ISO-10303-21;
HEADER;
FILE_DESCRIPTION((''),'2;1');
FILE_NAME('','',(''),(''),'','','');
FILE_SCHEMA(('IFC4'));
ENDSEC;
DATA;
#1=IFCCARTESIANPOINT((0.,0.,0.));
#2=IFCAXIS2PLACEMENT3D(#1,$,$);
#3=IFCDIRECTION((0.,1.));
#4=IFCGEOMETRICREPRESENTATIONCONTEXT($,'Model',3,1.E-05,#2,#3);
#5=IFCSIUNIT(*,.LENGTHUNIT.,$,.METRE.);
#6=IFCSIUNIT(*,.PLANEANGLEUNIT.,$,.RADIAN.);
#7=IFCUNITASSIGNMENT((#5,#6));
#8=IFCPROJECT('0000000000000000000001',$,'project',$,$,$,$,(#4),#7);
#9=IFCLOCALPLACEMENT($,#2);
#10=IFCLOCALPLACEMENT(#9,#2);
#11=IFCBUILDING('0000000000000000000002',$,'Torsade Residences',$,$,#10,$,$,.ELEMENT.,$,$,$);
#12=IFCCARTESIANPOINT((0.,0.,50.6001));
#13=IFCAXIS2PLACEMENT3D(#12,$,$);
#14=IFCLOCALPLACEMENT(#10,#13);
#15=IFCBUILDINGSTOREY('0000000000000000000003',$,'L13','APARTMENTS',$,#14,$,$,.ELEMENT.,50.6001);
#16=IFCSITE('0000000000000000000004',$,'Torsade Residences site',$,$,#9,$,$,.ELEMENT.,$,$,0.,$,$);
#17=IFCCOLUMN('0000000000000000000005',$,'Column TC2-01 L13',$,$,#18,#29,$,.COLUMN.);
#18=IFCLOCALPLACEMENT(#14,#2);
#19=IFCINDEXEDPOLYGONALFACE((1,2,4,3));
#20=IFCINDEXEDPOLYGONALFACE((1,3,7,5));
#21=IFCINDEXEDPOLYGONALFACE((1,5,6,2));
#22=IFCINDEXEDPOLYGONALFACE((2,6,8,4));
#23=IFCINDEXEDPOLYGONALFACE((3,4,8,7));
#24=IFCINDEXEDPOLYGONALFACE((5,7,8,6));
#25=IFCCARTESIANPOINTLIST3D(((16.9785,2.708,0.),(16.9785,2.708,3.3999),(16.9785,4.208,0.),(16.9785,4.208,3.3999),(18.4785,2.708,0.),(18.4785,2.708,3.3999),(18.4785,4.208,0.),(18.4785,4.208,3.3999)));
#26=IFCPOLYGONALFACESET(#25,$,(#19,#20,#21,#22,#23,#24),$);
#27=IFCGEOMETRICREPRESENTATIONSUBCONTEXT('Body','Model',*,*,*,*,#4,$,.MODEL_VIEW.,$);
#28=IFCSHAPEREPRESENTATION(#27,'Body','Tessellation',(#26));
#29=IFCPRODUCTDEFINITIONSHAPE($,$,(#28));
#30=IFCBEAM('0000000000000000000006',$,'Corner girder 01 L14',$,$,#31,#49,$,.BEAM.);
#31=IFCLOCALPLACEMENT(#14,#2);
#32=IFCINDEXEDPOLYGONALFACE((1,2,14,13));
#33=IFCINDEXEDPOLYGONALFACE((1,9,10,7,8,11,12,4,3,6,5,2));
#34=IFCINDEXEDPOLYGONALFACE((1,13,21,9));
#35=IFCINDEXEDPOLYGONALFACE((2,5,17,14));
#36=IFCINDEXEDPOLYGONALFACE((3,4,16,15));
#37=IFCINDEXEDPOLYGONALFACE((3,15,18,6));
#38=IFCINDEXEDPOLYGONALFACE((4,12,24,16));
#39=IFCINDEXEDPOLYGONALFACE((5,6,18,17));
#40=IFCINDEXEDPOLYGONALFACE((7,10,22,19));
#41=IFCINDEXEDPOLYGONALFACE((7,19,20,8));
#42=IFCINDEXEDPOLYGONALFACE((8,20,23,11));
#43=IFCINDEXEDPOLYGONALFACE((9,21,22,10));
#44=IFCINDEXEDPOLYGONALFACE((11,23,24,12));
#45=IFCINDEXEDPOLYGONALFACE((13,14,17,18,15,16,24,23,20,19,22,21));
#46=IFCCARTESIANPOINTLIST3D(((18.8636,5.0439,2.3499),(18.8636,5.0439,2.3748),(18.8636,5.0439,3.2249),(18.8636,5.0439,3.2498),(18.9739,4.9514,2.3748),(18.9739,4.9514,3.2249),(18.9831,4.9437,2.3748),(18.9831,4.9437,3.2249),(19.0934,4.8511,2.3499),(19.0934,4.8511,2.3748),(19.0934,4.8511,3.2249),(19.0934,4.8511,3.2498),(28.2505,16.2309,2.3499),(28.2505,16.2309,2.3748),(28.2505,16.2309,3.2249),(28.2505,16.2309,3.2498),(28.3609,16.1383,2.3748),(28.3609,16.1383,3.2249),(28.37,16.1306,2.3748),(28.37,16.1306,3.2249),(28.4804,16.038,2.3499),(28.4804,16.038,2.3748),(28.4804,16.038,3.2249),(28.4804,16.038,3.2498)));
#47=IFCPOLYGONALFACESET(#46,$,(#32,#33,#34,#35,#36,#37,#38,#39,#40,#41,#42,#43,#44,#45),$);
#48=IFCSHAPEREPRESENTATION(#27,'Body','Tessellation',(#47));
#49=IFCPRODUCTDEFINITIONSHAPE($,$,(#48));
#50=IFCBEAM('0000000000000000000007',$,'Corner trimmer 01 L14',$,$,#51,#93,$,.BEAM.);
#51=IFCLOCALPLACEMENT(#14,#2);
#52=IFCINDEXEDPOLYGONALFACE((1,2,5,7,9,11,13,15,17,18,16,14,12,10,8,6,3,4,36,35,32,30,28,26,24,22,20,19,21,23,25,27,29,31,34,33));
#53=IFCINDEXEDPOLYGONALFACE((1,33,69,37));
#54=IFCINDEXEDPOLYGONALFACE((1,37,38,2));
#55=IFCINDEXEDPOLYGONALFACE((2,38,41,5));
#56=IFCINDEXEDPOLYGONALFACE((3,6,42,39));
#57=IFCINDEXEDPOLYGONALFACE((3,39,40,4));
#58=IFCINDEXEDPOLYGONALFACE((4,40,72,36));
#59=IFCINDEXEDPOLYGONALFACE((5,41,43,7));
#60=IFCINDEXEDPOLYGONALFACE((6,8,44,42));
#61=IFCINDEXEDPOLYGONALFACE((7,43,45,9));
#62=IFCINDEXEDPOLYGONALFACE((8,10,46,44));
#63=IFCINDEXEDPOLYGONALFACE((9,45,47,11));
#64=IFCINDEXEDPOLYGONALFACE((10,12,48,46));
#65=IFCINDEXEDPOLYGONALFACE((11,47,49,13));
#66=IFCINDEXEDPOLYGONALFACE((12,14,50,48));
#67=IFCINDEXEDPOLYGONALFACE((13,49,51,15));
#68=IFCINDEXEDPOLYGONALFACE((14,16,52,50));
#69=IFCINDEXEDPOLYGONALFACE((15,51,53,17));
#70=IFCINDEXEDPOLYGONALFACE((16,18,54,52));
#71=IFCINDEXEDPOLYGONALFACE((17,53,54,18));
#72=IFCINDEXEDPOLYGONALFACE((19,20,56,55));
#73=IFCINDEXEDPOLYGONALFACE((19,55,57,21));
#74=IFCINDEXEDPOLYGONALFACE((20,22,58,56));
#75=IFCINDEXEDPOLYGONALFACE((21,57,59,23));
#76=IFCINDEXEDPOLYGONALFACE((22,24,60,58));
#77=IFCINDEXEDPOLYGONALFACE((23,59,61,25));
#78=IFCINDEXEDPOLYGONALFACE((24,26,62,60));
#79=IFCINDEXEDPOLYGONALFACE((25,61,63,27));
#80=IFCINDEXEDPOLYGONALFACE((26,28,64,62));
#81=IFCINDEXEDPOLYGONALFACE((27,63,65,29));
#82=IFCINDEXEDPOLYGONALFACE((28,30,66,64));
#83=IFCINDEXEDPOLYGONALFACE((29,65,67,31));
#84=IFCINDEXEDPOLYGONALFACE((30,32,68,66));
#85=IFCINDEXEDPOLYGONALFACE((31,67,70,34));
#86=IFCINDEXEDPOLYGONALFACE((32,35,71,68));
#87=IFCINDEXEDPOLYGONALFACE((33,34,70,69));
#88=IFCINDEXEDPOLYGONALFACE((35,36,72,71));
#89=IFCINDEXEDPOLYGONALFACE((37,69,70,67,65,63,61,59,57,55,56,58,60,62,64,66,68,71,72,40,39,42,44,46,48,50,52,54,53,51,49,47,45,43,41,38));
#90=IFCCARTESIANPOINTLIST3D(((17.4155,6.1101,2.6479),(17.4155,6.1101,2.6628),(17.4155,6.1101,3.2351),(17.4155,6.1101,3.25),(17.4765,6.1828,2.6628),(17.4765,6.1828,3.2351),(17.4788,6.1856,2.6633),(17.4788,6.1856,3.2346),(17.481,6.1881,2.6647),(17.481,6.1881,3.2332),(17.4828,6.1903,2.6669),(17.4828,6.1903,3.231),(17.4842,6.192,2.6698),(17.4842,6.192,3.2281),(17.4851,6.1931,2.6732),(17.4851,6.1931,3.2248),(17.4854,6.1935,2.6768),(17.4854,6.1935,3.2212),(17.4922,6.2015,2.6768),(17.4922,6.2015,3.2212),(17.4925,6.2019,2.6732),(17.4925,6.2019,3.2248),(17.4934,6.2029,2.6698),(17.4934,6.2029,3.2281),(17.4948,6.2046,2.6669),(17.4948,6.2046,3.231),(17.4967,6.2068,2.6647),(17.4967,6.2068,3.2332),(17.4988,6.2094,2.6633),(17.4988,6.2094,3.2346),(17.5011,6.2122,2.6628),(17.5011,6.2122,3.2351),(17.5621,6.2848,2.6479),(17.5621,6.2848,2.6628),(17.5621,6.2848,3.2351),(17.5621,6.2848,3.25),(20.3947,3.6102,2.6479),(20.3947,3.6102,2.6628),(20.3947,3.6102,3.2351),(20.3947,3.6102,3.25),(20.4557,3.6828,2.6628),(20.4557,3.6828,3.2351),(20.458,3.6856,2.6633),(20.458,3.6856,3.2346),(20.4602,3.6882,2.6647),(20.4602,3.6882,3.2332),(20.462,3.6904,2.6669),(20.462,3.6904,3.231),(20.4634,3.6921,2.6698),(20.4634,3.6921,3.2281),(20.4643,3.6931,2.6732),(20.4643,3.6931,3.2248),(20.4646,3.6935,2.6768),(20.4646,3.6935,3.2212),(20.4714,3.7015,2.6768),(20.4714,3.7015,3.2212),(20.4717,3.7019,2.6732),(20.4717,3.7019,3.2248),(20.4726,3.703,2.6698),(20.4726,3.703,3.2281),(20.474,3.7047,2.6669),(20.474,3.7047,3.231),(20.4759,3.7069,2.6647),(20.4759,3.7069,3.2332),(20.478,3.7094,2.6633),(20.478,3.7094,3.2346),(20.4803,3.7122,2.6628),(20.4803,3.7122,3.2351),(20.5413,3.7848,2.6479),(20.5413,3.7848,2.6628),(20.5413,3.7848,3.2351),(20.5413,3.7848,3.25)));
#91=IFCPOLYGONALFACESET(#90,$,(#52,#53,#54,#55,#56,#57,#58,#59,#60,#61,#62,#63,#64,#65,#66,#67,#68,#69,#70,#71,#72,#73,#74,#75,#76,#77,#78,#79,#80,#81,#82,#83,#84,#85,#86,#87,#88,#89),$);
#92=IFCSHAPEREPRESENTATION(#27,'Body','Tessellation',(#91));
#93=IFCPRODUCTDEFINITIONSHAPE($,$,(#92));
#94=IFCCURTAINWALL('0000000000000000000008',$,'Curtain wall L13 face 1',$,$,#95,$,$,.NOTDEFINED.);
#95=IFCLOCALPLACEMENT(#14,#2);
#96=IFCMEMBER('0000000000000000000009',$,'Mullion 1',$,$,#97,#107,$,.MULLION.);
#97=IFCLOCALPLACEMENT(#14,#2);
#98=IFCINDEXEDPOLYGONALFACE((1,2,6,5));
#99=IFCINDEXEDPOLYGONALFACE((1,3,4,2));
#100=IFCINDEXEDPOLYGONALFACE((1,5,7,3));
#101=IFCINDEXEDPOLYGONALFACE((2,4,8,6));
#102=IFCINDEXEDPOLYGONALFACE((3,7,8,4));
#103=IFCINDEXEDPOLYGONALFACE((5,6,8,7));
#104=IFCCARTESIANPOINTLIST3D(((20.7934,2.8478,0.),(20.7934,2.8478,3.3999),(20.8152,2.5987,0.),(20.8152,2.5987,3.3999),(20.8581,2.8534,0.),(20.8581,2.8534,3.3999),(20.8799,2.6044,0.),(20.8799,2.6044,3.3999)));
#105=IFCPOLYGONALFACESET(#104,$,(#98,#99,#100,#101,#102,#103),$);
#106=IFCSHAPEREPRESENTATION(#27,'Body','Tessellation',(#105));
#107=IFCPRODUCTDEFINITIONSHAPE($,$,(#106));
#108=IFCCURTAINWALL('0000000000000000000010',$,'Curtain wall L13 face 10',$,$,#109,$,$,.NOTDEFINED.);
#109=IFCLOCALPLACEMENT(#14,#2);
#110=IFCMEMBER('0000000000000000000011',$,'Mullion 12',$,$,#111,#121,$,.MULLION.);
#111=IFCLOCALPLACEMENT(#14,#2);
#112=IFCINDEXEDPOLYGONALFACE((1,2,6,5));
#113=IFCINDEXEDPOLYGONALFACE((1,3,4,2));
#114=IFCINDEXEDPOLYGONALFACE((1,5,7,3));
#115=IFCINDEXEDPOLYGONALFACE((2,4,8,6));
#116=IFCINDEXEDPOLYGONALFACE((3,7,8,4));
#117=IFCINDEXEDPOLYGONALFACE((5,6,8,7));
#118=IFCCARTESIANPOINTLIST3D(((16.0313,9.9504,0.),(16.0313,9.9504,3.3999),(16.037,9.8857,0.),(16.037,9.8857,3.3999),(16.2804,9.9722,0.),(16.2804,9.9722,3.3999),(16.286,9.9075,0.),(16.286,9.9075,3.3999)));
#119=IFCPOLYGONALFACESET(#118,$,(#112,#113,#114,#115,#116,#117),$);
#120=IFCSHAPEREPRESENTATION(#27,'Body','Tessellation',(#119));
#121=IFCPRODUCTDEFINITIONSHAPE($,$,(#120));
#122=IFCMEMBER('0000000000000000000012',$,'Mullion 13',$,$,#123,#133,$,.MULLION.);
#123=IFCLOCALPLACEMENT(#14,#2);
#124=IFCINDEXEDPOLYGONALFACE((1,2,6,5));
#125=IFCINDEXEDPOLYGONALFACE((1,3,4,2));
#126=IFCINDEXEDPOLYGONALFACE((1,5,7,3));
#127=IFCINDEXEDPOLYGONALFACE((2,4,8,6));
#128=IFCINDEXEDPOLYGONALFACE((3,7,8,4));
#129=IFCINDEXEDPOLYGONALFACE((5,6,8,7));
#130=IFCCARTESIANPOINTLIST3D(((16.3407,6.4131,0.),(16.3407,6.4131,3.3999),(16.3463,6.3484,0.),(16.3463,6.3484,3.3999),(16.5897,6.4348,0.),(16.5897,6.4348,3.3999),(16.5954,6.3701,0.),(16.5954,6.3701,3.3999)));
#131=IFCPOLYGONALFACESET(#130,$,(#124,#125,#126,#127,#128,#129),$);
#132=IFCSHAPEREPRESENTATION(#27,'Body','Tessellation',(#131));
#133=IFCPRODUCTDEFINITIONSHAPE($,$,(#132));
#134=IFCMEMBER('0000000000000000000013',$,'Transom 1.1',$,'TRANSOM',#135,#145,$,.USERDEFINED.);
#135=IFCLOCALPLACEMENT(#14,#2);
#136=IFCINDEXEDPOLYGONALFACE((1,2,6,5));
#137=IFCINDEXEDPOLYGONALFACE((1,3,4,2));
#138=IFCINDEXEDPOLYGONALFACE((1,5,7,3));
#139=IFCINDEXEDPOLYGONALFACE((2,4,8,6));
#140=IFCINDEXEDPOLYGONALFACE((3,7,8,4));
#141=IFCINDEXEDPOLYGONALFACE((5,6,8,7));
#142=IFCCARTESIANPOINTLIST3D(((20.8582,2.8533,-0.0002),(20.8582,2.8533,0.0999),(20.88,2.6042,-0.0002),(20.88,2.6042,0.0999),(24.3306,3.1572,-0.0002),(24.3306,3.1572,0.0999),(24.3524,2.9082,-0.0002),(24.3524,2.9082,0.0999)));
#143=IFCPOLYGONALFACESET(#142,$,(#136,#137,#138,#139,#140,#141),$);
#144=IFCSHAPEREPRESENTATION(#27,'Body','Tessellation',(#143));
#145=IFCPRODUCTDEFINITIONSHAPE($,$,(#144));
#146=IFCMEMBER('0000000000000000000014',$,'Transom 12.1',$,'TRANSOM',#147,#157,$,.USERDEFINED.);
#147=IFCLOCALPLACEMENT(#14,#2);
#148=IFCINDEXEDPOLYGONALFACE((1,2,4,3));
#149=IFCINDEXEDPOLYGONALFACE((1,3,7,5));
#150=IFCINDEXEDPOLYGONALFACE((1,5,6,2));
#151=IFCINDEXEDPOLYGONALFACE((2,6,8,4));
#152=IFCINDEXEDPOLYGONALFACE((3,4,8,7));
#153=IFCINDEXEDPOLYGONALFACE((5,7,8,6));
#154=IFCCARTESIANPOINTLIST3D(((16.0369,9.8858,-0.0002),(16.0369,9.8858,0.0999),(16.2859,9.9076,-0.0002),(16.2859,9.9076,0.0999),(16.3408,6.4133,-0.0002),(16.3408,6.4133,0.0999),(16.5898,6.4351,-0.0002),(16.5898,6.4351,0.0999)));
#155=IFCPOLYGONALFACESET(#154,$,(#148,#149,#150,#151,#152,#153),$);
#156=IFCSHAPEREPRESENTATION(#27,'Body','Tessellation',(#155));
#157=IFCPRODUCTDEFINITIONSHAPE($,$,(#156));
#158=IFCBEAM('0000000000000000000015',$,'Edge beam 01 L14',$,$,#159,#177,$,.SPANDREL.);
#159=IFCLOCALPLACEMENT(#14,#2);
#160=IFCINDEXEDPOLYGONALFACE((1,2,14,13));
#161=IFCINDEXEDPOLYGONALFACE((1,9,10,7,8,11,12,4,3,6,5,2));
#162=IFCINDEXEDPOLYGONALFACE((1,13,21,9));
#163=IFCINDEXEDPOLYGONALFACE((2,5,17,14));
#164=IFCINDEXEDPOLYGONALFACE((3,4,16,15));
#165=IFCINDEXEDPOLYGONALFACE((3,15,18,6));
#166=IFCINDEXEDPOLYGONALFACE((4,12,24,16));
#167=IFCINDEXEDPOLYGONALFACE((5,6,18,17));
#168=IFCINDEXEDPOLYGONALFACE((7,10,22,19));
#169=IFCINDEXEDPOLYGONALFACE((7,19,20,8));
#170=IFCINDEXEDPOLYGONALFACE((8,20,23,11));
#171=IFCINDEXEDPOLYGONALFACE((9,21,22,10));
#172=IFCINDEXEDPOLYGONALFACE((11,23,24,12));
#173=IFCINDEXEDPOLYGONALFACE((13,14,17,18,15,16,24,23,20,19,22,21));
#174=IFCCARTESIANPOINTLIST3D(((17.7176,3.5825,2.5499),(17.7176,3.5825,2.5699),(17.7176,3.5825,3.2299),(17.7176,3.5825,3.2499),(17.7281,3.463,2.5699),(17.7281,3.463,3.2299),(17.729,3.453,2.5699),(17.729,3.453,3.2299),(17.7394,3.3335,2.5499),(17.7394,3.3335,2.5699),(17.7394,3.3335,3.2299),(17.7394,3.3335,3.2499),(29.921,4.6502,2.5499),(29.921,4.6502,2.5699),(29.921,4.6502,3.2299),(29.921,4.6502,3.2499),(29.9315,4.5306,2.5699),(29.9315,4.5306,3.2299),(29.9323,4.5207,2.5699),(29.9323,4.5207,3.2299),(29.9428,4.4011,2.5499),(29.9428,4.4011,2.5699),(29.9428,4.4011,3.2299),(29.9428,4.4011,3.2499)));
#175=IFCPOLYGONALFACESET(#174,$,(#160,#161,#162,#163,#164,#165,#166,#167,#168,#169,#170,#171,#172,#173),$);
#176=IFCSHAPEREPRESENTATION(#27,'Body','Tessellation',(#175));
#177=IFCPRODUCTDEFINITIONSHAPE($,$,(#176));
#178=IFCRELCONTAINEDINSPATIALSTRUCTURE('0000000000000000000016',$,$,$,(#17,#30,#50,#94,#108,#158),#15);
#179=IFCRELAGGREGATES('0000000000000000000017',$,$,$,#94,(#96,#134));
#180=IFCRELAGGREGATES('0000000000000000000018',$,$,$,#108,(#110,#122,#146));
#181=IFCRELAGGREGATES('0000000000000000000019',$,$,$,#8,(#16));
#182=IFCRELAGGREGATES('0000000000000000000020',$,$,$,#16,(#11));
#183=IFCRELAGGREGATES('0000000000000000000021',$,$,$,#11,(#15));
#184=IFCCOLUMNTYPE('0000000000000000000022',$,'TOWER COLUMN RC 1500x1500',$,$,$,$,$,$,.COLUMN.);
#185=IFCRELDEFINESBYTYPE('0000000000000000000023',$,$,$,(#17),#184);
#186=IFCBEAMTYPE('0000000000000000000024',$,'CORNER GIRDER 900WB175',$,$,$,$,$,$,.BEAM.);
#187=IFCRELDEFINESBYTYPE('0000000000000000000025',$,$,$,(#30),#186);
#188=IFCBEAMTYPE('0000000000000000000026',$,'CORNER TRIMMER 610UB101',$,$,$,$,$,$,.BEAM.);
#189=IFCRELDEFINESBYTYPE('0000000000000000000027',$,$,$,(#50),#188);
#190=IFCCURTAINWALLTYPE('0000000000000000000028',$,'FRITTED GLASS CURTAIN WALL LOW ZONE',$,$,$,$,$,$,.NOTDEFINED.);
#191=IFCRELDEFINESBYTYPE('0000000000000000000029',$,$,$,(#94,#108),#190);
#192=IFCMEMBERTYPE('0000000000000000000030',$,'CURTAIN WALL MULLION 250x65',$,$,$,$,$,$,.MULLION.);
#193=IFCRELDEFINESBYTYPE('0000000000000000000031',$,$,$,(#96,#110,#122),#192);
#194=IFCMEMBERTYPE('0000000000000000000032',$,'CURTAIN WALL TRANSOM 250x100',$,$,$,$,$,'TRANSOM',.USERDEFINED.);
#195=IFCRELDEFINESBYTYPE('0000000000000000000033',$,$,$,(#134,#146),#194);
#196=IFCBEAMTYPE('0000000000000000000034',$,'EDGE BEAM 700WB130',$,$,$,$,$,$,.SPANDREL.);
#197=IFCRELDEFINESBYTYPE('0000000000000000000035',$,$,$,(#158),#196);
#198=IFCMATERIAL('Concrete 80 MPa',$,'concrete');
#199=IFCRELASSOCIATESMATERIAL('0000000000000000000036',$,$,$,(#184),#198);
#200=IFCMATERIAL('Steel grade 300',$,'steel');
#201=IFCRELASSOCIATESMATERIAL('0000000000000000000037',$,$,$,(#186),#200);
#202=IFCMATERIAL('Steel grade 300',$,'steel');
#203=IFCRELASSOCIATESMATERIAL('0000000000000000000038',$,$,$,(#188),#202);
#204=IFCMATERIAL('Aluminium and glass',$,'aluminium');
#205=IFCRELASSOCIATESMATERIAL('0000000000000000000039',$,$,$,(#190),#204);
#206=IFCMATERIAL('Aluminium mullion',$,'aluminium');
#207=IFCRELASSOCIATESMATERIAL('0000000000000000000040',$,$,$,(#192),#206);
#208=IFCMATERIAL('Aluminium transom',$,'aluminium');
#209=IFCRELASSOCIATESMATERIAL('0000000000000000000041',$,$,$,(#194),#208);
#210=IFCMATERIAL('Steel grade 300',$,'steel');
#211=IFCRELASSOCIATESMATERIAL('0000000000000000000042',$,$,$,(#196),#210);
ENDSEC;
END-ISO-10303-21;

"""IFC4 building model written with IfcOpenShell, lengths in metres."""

from ifc_helpers import new_model, si_unit, direction, frame, origin, origin_2d, place, context, subcontext, project, spatial, rectangle, i_section, extrude, material, material_profile, profile_set, type_object, element, aggregate, save


model = new_model("IFC4")

# Units and contexts
model_context = context("Model", 3, precision=1e-05, world=origin(), true_north=direction((0.0, 1.0)))
body_context = subcontext(model_context, "Body", "Model", "MODEL_VIEW")
ifc_project = project(units=[si_unit("LENGTHUNIT", "METRE"), si_unit("PLANEANGLEUNIT", "RADIAN")], contexts=[model_context])

# Site, building, storey
site_placement = place(None, origin())
site = spatial("IfcSite", under=ifc_project, at=site_placement, Name="Torsade Residences site", CompositionType="ELEMENT", RefElevation=0.0)
building_placement = place(site_placement, origin())
building = spatial("IfcBuilding", under=site, at=building_placement, Name="Torsade Residences", CompositionType="ELEMENT")
storey_placement = place(building_placement, frame((0.0, 0.0, 50.6001)))
storey = spatial("IfcBuildingStorey", under=building, at=storey_placement, Name="L13", Description="APARTMENTS", CompositionType="ELEMENT", Elevation=50.6001)

# Column
ifc_material_1 = material(Name="Concrete 80 MPa", Category="concrete")
ifc_material_profile_1 = material_profile(ifc_material_1, rectangle(XDim=1.5, YDim=1.5, at=origin_2d()), Name="RC 1500x1500")
ifc_profile_set_1 = profile_set([ifc_material_profile_1], Name="Concrete 80 MPa")
column_type = type_object("IfcColumnType", Name="TOWER COLUMN RC 1500x1500", PredefinedType="COLUMN", material=ifc_profile_set_1)
column_placement = place(storey_placement, frame((17.7285, 3.458, 0.0), z_axis=(0.0, 0.0, 1.0), x_axis=(1.0, 0.0, 0.0)))
element("IfcColumn", 1, at=column_placement, inside=storey, type_object=column_type, Name="Column TC2-01 L13", PredefinedType="COLUMN", context=body_context, shape_type="SweptSolid", body=[
    extrude(rectangle(XDim=1.5, YDim=1.5, at=origin_2d()), origin(), (0.0, 0.0, 1.0), 3.3999),
])

# Beams
ifc_material_2 = material(Name="Steel grade 300", Category="steel")
ifc_material_profile_2 = material_profile(ifc_material_2, i_section(OverallWidth=0.3, OverallDepth=0.8999, WebThickness=0.012, FlangeThickness=0.0249, at=origin_2d()), Name="900WB175")
ifc_profile_set_2 = profile_set([ifc_material_profile_2], Name="Steel grade 300")
beam_type_1 = type_object("IfcBeamType", Name="CORNER GIRDER 900WB175", PredefinedType="BEAM", material=ifc_profile_set_2)
beam_1_placement = place(storey_placement, frame((18.9785, 4.9475, 2.7998), z_axis=(0.642785, 0.766046, 0.0), x_axis=(-0.766046, 0.642785, 0.0)))
element("IfcBeam", 2, at=beam_1_placement, inside=storey, type_object=beam_type_1, Name="Corner girder 01 L14", PredefinedType="BEAM", context=body_context, shape_type="SweptSolid", body=[
    extrude(i_section(OverallWidth=0.3, OverallDepth=0.8999, WebThickness=0.012, FlangeThickness=0.0249, at=origin_2d()), origin(), (0.0, 0.0, 1.0), 14.6035),
])
ifc_material_3 = material(Name="Steel grade 300", Category="steel")
ifc_material_profile_3 = material_profile(ifc_material_3, i_section(OverallWidth=0.228, OverallDepth=0.6021, WebThickness=0.0105, FlangeThickness=0.0149, FilletRadius=0.0139, at=origin_2d()), Name="610UB101")
ifc_profile_set_3 = profile_set([ifc_material_profile_3], Name="Steel grade 300")
beam_type_2 = type_object("IfcBeamType", Name="CORNER TRIMMER 610UB101", PredefinedType="BEAM", material=ifc_profile_set_3)
beam_2_placement = place(storey_placement, frame((20.468, 3.6975, 2.949), z_axis=(-0.76603, 0.642805, 0.0), x_axis=(-0.642805, -0.76603, 0.0)))
element("IfcBeam", 3, at=beam_2_placement, inside=storey, type_object=beam_type_2, Name="Corner trimmer 01 L14", PredefinedType="BEAM", context=body_context, shape_type="SweptSolid", body=[
    extrude(i_section(OverallWidth=0.228, OverallDepth=0.6021, WebThickness=0.0105, FlangeThickness=0.0149, FilletRadius=0.0139, at=origin_2d()), origin(), (0.0, 0.0, 1.0), 3.8892),
])

# Curtain wall, member
ifc_material_4 = material(Name="Aluminium and glass", Category="aluminium")
curtain_wall_type = type_object("IfcCurtainWallType", Name="FRITTED GLASS CURTAIN WALL LOW ZONE", PredefinedType="NOTDEFINED", material=ifc_material_4)
curtain_wall_1_placement = place(storey_placement, origin())
curtain_wall_1 = element("IfcCurtainWall", 4, at=curtain_wall_1_placement, inside=storey, type_object=curtain_wall_type, Name="Curtain wall L13 face 1", PredefinedType="NOTDEFINED")
ifc_material_5 = material(Name="Aluminium mullion", Category="aluminium")
ifc_material_profile_4 = material_profile(ifc_material_5, rectangle(XDim=0.25, YDim=0.0649, at=origin_2d()), Name="CURTAIN WALL MULLION 250x65")
ifc_profile_set_4 = profile_set([ifc_material_profile_4], Name="Aluminium mullion")
member_type_1 = type_object("IfcMemberType", Name="CURTAIN WALL MULLION 250x65", PredefinedType="MULLION", material=ifc_profile_set_4)
member_1_placement = place(storey_placement, frame((20.8367, 2.7261, 0.0), z_axis=(0.0, 0.0, 1.0), x_axis=(-0.087156, 0.996195, 0.0)))
member_1 = element("IfcMember", 5, at=member_1_placement, type_object=member_type_1, Name="Mullion 1", PredefinedType="MULLION", context=body_context, shape_type="SweptSolid", body=[
    extrude(rectangle(XDim=0.25, YDim=0.0649, at=origin_2d()), origin(), (0.0, 0.0, 1.0), 3.3999),
])

# Curtain wall, members
curtain_wall_2_placement = place(storey_placement, origin())
curtain_wall_2 = element("IfcCurtainWall", 6, at=curtain_wall_2_placement, inside=storey, type_object=curtain_wall_type, Name="Curtain wall L13 face 10", PredefinedType="NOTDEFINED")
member_2_placement = place(storey_placement, frame((16.1587, 9.929, 0.0), z_axis=(0.0, 0.0, 1.0), x_axis=(0.996195, 0.087156, 0.0)))
member_2 = element("IfcMember", 7, at=member_2_placement, type_object=member_type_1, Name="Mullion 12", PredefinedType="MULLION", context=body_context, shape_type="SweptSolid", body=[
    extrude(rectangle(XDim=0.25, YDim=0.0649, at=origin_2d()), origin(), (0.0, 0.0, 1.0), 3.3999),
])
member_3_placement = place(storey_placement, frame((16.468, 6.3916, 0.0), z_axis=(0.0, 0.0, 1.0), x_axis=(0.996195, 0.087156, 0.0)))
member_3 = element("IfcMember", 8, at=member_3_placement, type_object=member_type_1, Name="Mullion 13", PredefinedType="MULLION", context=body_context, shape_type="SweptSolid", body=[
    extrude(rectangle(XDim=0.25, YDim=0.0649, at=origin_2d()), origin(), (0.0, 0.0, 1.0), 3.3999),
])

# Members
ifc_material_6 = material(Name="Aluminium transom", Category="aluminium")
ifc_material_profile_5 = material_profile(ifc_material_6, rectangle(XDim=0.25, YDim=0.1001, at=origin_2d()), Name="CURTAIN WALL TRANSOM 250x100")
ifc_profile_set_5 = profile_set([ifc_material_profile_5], Name="Aluminium transom")
member_type_2 = type_object("IfcMemberType", Name="CURTAIN WALL TRANSOM 250x100", ElementType="TRANSOM", PredefinedType="USERDEFINED", material=ifc_profile_set_5)
member_4_placement = place(storey_placement, frame((20.8691, 2.7288, 0.0498), z_axis=(0.996191, 0.087201, 0.0), x_axis=(-0.087201, 0.996191, 0.0)))
member_4 = element("IfcMember", 9, at=member_4_placement, type_object=member_type_2, Name="Transom 1.1", ObjectType="TRANSOM", PredefinedType="USERDEFINED", context=body_context, shape_type="SweptSolid", body=[
    extrude(rectangle(XDim=0.25, YDim=0.1001, at=origin_2d()), origin(), (0.0, 0.0, 1.0), 3.4856),
])
member_5_placement = place(storey_placement, frame((16.1614, 9.8967, 0.0498), z_axis=(0.087195, -0.996191, 0.0), x_axis=(0.996191, 0.087195, 0.0)))
member_5 = element("IfcMember", 10, at=member_5_placement, type_object=member_type_2, Name="Transom 12.1", ObjectType="TRANSOM", PredefinedType="USERDEFINED", context=body_context, shape_type="SweptSolid", body=[
    extrude(rectangle(XDim=0.25, YDim=0.1001, at=origin_2d()), origin(), (0.0, 0.0, 1.0), 3.4858),
])

# Beam
ifc_material_7 = material(Name="Steel grade 300", Category="steel")
ifc_material_profile_6 = material_profile(ifc_material_7, i_section(OverallWidth=0.25, OverallDepth=0.7, WebThickness=0.01, FlangeThickness=0.02, at=origin_2d()), Name="700WB130")
ifc_profile_set_6 = profile_set([ifc_material_profile_6], Name="Steel grade 300")
beam_type_3 = type_object("IfcBeamType", Name="EDGE BEAM 700WB130", PredefinedType="SPANDREL", material=ifc_profile_set_6)
beam_3_placement = place(storey_placement, frame((17.7285, 3.458, 2.8999), z_axis=(0.996195, 0.087153, 0.0), x_axis=(-0.087153, 0.996195, 0.0)))
element("IfcBeam", 11, at=beam_3_placement, inside=storey, type_object=beam_type_3, Name="Edge beam 01 L14", PredefinedType="SPANDREL", context=body_context, shape_type="SweptSolid", body=[
    extrude(i_section(OverallWidth=0.25, OverallDepth=0.7, WebThickness=0.01, FlangeThickness=0.02, at=origin_2d()), origin(), (0.0, 0.0, 1.0), 12.25),
])

aggregate(curtain_wall_1, [member_1, member_4])
aggregate(curtain_wall_2, [member_2, member_3, member_5])

save(model, "model.ifc")
